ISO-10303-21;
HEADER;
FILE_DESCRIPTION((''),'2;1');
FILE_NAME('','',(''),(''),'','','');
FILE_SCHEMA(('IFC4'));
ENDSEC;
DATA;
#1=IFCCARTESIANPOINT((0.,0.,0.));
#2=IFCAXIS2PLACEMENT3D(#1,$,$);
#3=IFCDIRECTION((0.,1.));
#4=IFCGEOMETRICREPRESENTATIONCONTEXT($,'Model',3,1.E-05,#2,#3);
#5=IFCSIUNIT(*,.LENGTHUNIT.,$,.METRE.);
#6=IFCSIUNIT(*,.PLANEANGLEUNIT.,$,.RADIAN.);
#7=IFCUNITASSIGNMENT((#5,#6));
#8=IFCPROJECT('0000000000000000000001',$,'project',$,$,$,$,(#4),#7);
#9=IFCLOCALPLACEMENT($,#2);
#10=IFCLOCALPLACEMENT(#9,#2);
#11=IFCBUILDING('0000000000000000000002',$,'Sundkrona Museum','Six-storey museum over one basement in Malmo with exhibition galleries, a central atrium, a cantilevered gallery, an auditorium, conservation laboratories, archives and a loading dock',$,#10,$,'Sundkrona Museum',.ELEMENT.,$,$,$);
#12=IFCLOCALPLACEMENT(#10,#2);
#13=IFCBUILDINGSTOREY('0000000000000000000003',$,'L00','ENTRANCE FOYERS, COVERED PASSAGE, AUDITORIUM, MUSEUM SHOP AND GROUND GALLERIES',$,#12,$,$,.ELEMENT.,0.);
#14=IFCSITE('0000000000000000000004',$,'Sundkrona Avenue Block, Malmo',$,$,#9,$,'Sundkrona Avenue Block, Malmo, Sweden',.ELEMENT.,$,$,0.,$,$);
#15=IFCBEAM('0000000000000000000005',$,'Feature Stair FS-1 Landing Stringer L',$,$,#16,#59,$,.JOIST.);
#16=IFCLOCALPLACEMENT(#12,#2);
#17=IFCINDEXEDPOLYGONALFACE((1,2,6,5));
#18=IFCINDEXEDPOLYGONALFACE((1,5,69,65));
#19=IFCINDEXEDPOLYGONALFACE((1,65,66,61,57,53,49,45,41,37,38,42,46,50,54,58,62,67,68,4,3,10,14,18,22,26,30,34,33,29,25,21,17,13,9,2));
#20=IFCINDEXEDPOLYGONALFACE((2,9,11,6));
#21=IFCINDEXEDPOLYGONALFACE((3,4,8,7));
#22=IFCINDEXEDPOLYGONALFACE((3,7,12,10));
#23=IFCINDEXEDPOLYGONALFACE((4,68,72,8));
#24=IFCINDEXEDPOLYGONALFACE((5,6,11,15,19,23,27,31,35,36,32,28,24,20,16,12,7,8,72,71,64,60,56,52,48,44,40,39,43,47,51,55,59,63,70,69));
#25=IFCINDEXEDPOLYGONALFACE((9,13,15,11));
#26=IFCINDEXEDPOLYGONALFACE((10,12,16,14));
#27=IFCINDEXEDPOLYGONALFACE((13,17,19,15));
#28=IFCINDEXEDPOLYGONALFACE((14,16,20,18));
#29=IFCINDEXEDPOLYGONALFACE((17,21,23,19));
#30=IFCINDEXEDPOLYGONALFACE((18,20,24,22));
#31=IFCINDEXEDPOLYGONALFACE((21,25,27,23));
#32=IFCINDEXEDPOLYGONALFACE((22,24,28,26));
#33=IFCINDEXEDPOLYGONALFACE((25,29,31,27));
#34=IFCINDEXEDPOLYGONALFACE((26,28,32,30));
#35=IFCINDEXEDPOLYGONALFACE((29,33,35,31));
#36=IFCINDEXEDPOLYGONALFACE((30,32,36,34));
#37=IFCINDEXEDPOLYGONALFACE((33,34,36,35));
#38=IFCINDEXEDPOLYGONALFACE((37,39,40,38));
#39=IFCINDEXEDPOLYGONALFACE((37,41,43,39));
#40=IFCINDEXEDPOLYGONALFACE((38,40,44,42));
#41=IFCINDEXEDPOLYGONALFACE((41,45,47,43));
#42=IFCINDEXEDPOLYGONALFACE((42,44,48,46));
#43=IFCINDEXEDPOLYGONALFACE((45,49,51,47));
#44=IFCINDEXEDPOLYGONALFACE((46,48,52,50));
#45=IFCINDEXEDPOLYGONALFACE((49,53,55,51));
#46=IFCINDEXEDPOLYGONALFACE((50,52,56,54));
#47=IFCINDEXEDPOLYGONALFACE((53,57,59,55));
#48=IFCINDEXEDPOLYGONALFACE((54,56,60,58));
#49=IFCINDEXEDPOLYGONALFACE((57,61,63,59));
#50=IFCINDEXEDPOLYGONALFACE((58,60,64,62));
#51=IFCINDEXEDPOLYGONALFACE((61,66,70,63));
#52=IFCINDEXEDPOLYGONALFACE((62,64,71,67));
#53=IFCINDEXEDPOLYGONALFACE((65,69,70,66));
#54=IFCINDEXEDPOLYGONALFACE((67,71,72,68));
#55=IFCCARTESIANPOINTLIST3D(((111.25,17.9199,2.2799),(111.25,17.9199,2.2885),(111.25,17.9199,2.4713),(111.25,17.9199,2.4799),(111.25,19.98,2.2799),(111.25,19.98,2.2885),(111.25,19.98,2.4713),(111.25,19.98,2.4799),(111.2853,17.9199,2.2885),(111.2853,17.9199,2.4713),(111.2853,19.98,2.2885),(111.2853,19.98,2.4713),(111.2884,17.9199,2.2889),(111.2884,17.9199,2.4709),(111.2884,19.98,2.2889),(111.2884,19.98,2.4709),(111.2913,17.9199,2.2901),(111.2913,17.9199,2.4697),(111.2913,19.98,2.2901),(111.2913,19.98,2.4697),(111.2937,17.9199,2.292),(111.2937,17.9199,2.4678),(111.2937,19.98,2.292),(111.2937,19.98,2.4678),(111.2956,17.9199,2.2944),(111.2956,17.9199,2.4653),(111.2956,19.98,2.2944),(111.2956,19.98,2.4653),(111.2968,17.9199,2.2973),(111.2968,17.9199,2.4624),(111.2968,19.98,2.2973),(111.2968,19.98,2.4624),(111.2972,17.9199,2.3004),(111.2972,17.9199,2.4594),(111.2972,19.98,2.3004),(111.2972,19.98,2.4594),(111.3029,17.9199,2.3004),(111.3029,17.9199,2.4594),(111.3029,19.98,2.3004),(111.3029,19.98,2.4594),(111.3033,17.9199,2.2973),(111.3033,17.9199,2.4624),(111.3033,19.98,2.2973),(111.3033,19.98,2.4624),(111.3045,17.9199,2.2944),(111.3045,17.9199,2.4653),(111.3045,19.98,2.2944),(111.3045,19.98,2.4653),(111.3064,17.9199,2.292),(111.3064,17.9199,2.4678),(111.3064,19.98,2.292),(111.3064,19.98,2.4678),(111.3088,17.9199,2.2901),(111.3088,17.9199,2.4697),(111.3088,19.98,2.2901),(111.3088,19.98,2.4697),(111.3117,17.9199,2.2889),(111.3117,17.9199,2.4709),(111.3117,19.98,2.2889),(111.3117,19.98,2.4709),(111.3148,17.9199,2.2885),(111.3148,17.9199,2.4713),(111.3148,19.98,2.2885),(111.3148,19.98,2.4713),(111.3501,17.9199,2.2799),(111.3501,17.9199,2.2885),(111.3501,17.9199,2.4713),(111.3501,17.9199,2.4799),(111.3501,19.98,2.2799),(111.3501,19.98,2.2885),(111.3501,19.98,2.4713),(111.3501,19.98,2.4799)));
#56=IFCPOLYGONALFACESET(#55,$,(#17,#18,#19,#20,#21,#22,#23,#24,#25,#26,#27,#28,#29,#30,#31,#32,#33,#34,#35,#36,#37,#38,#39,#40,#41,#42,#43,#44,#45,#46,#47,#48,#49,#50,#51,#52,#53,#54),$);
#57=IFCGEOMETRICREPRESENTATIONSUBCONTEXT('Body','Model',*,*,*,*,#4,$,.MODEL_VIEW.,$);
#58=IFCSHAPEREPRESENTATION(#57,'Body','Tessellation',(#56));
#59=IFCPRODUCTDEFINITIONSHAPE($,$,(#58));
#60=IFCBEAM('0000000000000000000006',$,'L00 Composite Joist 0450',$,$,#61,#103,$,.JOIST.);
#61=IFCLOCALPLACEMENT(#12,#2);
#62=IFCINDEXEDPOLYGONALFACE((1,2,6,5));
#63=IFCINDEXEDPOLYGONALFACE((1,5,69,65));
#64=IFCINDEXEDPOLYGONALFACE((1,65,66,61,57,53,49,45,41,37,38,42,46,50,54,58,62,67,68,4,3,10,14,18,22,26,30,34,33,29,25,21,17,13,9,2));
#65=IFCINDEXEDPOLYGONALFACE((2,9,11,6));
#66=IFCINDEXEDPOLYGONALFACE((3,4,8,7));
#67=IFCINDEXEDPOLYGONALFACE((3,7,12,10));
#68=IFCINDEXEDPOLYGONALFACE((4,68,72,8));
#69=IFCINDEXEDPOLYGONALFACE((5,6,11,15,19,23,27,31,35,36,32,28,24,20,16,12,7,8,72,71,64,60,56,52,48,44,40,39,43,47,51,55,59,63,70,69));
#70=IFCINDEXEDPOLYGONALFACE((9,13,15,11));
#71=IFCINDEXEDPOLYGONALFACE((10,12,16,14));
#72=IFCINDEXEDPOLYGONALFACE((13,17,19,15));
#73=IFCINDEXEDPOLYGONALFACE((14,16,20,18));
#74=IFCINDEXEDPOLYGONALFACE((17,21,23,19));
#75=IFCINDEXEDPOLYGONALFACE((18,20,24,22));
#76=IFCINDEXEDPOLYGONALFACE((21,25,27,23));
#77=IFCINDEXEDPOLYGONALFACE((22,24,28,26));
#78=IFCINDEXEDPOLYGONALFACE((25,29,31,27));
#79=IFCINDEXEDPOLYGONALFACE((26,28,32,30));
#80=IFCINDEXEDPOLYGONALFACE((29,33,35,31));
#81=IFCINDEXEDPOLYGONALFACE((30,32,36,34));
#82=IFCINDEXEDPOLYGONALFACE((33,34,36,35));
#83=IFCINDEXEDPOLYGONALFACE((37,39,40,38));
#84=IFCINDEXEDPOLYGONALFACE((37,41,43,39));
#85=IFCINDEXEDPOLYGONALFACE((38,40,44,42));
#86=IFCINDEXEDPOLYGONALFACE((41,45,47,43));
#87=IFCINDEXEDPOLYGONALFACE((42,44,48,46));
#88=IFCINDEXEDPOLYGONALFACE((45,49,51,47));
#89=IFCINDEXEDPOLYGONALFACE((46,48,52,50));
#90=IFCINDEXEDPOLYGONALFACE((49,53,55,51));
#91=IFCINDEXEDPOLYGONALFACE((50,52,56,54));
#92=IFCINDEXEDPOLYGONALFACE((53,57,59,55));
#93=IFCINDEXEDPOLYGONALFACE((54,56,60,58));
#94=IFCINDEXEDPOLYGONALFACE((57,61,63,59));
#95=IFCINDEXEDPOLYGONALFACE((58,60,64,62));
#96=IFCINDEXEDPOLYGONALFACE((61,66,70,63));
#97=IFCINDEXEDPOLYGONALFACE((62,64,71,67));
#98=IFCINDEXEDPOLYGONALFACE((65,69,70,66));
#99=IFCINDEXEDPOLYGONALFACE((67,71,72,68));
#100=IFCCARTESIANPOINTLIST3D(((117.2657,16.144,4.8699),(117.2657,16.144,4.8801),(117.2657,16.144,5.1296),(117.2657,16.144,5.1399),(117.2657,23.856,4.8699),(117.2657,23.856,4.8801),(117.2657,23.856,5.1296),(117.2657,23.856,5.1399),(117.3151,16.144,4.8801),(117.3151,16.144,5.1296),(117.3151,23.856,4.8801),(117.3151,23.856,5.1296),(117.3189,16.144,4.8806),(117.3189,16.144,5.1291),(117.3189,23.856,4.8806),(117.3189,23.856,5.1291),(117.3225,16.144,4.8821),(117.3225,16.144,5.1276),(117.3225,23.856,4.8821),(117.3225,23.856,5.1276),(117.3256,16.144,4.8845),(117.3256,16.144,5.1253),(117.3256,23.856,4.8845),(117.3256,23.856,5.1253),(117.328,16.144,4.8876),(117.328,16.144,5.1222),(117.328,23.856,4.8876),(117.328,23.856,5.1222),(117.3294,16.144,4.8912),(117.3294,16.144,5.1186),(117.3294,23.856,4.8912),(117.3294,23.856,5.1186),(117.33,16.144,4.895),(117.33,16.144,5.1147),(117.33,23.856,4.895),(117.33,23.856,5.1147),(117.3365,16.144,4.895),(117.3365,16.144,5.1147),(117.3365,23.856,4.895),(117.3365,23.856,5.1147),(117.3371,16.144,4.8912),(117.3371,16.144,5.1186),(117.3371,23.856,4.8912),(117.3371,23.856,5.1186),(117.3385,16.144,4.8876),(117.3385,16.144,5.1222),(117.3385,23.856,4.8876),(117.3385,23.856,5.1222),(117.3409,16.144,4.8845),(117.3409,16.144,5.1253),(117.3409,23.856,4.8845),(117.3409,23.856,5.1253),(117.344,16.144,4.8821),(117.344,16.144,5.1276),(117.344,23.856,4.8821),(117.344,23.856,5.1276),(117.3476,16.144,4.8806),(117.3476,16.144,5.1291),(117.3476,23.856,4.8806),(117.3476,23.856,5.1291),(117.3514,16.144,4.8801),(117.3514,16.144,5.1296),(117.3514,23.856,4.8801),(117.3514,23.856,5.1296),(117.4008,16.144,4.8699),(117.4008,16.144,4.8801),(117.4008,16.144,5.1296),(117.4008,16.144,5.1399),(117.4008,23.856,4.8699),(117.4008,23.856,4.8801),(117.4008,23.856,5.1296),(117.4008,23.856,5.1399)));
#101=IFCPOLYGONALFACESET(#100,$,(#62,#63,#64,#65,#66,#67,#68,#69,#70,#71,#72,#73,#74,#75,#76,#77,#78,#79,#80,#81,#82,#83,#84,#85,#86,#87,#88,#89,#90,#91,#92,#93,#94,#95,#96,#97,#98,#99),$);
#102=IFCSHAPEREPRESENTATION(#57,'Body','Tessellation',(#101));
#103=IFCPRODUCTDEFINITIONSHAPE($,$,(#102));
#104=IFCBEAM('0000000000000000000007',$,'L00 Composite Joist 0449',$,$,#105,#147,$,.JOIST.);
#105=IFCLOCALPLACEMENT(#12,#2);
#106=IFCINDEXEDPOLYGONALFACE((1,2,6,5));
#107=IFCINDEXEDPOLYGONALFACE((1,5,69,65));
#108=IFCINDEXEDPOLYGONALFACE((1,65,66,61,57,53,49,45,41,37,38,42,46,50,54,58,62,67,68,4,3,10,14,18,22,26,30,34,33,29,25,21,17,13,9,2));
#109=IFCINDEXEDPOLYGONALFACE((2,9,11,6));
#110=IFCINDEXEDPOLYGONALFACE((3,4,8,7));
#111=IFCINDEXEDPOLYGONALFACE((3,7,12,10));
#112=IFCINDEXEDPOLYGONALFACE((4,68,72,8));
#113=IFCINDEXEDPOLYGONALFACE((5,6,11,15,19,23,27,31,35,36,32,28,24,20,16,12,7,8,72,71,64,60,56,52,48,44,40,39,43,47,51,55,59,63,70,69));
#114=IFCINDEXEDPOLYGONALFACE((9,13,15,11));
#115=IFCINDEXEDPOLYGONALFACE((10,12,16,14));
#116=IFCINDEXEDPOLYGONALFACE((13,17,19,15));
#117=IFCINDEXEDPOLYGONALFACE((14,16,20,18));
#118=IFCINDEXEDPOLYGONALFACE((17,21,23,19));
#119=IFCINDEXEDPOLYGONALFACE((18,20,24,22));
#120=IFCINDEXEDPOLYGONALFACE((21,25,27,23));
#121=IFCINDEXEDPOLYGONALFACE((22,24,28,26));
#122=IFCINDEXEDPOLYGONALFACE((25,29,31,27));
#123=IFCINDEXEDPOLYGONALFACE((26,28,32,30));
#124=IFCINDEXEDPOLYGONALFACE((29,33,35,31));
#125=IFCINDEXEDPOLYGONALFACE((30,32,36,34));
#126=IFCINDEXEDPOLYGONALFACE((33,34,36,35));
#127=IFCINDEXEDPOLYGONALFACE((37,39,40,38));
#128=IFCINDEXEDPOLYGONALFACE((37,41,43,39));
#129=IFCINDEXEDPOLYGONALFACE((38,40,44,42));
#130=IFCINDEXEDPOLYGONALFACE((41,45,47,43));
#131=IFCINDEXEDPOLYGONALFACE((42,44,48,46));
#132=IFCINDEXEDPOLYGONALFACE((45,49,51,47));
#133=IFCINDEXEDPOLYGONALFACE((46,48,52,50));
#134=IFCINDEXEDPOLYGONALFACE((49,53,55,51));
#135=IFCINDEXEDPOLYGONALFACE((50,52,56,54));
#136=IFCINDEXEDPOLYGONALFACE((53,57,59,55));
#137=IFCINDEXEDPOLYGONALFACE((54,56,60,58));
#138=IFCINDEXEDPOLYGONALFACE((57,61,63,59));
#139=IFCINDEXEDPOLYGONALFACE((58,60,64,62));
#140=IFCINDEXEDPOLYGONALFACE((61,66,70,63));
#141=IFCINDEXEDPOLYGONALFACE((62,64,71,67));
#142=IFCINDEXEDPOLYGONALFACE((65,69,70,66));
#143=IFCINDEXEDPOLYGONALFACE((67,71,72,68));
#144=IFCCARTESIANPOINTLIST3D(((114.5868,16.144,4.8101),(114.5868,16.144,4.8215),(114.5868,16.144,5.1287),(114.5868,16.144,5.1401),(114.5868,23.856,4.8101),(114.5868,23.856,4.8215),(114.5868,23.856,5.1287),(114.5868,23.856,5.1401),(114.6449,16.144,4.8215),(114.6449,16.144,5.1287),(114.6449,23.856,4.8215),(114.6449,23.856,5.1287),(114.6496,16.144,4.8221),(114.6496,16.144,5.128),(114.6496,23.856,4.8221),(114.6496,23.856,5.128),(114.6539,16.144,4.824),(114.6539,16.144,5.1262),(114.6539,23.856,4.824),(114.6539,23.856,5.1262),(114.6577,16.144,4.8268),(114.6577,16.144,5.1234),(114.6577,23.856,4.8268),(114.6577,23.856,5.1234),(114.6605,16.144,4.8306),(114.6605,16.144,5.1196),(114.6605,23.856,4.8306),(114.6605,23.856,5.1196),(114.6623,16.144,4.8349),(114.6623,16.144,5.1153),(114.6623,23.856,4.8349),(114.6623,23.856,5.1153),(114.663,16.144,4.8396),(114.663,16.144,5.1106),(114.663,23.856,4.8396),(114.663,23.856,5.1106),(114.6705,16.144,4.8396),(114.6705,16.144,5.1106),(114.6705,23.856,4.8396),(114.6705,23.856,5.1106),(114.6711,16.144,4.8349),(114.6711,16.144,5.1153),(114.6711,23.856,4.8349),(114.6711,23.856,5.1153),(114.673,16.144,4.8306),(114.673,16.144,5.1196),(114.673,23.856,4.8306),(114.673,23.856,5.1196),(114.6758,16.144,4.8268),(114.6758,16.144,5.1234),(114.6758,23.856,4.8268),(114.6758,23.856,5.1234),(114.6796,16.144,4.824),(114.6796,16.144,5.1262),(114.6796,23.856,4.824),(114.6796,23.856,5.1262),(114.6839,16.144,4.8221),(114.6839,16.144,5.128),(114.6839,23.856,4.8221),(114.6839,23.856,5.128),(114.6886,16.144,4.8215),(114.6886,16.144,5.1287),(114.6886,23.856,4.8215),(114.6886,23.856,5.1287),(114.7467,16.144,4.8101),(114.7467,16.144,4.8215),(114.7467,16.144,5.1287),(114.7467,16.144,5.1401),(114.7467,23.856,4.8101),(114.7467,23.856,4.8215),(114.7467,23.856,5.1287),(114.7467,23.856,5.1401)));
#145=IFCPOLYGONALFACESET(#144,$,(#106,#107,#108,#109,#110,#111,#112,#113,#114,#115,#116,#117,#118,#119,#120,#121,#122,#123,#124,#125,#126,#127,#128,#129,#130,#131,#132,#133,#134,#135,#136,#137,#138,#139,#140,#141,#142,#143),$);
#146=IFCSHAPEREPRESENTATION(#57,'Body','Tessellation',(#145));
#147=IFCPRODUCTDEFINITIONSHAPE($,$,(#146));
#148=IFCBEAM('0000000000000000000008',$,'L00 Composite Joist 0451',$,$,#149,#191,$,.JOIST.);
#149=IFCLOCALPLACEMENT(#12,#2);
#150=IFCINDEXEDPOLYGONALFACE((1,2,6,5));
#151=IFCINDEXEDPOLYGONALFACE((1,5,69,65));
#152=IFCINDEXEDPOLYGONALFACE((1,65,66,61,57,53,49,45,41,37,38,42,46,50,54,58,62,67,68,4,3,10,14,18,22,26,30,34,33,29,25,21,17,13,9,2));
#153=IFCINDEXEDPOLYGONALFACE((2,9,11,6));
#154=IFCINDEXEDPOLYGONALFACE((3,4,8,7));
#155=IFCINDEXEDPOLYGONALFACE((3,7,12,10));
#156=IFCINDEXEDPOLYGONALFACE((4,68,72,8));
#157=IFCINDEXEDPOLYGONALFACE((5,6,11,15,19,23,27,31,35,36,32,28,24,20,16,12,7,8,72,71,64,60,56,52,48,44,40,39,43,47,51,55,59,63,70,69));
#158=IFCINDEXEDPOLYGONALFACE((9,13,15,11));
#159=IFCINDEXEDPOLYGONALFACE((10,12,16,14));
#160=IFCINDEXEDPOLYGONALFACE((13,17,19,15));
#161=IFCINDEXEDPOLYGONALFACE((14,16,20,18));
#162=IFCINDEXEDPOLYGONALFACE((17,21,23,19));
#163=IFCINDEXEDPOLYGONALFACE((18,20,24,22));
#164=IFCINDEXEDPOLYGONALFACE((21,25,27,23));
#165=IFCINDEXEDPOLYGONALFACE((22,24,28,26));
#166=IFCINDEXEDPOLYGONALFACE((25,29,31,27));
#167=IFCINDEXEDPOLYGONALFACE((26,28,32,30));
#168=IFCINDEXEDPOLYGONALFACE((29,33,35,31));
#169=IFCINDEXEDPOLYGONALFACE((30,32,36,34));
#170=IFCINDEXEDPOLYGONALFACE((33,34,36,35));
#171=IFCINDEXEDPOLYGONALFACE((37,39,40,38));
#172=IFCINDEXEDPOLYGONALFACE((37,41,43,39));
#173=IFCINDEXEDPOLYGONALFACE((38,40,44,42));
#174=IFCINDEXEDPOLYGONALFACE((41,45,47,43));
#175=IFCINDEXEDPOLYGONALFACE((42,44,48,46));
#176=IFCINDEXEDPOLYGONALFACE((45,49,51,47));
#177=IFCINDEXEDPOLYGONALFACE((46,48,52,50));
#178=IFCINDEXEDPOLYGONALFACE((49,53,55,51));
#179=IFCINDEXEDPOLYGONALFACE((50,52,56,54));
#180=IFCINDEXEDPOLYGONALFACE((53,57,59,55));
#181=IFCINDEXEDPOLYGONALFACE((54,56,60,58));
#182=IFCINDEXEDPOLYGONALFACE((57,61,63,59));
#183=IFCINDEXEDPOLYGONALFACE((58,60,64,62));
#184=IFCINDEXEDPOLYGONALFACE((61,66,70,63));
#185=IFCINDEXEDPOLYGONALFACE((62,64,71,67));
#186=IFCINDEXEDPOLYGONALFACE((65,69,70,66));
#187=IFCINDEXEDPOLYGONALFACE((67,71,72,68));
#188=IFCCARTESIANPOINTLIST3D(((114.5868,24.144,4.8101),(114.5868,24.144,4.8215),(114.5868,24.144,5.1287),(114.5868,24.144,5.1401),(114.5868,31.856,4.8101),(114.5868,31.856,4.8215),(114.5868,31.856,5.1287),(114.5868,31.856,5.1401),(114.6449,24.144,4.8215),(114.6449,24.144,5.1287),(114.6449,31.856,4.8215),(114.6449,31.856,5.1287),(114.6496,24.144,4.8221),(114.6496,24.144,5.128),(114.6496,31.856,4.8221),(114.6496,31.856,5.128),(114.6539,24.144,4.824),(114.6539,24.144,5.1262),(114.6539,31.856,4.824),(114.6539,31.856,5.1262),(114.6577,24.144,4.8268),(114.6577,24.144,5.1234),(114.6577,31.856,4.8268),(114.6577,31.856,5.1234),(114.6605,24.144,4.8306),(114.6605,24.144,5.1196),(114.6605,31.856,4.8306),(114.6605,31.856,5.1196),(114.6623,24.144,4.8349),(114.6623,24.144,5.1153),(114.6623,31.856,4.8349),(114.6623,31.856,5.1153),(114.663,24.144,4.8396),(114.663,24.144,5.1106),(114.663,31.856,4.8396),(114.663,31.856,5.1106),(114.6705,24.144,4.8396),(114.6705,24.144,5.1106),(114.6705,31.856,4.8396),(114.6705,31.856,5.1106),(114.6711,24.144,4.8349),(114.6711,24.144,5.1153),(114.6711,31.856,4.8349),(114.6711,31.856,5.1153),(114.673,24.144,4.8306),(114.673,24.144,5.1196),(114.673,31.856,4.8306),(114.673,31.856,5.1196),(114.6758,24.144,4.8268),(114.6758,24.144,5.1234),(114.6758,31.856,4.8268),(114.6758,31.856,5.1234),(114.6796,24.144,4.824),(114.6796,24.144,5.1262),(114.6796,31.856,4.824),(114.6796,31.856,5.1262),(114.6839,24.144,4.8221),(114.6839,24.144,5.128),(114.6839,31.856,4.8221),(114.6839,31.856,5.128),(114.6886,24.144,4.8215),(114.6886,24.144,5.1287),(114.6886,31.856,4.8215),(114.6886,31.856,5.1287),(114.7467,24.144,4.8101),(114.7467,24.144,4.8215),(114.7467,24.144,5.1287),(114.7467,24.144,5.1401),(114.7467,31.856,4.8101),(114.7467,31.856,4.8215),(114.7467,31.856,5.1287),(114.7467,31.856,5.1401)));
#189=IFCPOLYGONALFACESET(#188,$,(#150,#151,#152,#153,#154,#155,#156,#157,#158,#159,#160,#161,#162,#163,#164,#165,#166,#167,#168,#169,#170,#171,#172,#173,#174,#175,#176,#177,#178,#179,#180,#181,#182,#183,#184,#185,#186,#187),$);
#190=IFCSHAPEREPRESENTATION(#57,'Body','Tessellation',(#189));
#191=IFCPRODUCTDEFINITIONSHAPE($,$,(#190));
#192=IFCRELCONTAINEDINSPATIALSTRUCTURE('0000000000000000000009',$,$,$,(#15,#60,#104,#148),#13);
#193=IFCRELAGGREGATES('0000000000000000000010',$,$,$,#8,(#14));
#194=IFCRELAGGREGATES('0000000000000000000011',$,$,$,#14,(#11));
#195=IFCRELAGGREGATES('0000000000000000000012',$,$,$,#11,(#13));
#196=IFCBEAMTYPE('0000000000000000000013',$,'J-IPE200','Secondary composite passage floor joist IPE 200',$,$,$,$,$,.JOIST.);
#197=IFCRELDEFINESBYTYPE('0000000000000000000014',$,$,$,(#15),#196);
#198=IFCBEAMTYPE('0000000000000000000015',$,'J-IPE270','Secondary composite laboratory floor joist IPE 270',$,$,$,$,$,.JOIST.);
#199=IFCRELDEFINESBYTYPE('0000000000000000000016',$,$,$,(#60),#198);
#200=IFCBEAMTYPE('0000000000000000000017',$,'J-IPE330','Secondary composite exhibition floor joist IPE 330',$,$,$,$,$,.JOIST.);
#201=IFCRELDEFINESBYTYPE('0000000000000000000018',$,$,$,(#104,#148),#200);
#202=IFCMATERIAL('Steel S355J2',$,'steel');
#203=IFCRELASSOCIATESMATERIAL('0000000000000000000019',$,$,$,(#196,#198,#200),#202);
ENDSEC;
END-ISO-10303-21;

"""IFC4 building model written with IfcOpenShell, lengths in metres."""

from ifc_helpers import new_model, si_unit, direction, frame, origin, origin_2d, place, context, subcontext, project, spatial, i_section, extrude, material, material_profile, profile_set, type_object, element, save


model = new_model("IFC4")

# Units and contexts
model_context = context("Model", 3, precision=1e-05, world=origin(), true_north=direction((0.0, 1.0)))
body_context = subcontext(model_context, "Body", "Model", "MODEL_VIEW")
ifc_project = project(units=[si_unit("LENGTHUNIT", "METRE"), si_unit("PLANEANGLEUNIT", "RADIAN")], contexts=[model_context])

# Site, building, storey
site_placement = place(None, origin())
site = spatial("IfcSite", under=ifc_project, at=site_placement, Name="Sundkrona Avenue Block, Malmo", LongName="Sundkrona Avenue Block, Malmo, Sweden", CompositionType="ELEMENT", RefElevation=0.0)
building_placement = place(site_placement, origin())
building = spatial("IfcBuilding", under=site, at=building_placement, Name="Sundkrona Museum", Description="Six-storey museum over one basement in Malmo with exhibition galleries, a central atrium, a cantilevered gallery, an auditorium, conservation laboratories, archives and a loading dock", LongName="Sundkrona Museum", CompositionType="ELEMENT")
storey_placement = place(building_placement, origin())
storey = spatial("IfcBuildingStorey", under=building, at=storey_placement, Name="L00", Description="ENTRANCE FOYERS, COVERED PASSAGE, AUDITORIUM, MUSEUM SHOP AND GROUND GALLERIES", CompositionType="ELEMENT", Elevation=0.0)

# Shared definitions
ifc_material_1 = material(Name="Steel S355J2", Category="steel")

# Beams
ifc_material_profile_1 = material_profile(ifc_material_1, i_section(OverallWidth=0.1001, OverallDepth=0.2, WebThickness=0.0056, FlangeThickness=0.0085, FilletRadius=0.012, at=origin_2d()), Name="IPE 200")
ifc_profile_set_1 = profile_set([ifc_material_profile_1], Name="Steel S355J2")
beam_type_1 = type_object("IfcBeamType", Name="J-IPE200", Description="Secondary composite passage floor joist IPE 200", PredefinedType="JOIST", material=ifc_profile_set_1)
beam_1_placement = place(storey_placement, frame((111.3, 17.9199, 2.3799), z_axis=(0.0, 1.0, 0.0), x_axis=(-1.0, 0.0, 0.0)))
element("IfcBeam", 1, at=beam_1_placement, inside=storey, type_object=beam_type_1, Name="Feature Stair FS-1 Landing Stringer L", PredefinedType="JOIST", context=body_context, shape_type="SweptSolid", body=[
    extrude(i_section(OverallWidth=0.1001, OverallDepth=0.2, WebThickness=0.0056, FlangeThickness=0.0085, FilletRadius=0.012, at=origin_2d()), origin(), (0.0, 0.0, 1.0), 2.0601),
])
ifc_material_profile_2 = material_profile(ifc_material_1, i_section(OverallWidth=0.135, OverallDepth=0.27, WebThickness=0.0066, FlangeThickness=0.0103, FilletRadius=0.0149, at=origin_2d()), Name="IPE 270")
ifc_profile_set_2 = profile_set([ifc_material_profile_2], Name="Steel S355J2")
beam_type_2 = type_object("IfcBeamType", Name="J-IPE270", Description="Secondary composite laboratory floor joist IPE 270", PredefinedType="JOIST", material=ifc_profile_set_2)
beam_2_placement = place(storey_placement, frame((117.3333, 16.144, 5.0049), z_axis=(0.0, 1.0, 0.0), x_axis=(-1.0, 0.0, 0.0)))
element("IfcBeam", 2, at=beam_2_placement, inside=storey, type_object=beam_type_2, Name="L00 Composite Joist 0450", PredefinedType="JOIST", context=body_context, shape_type="SweptSolid", body=[
    extrude(i_section(OverallWidth=0.135, OverallDepth=0.27, WebThickness=0.0066, FlangeThickness=0.0103, FilletRadius=0.0149, at=origin_2d()), origin(), (0.0, 0.0, 1.0), 7.7119),
])
ifc_material_profile_3 = material_profile(ifc_material_1, i_section(OverallWidth=0.1599, OverallDepth=0.3301, WebThickness=0.0076, FlangeThickness=0.0115, FilletRadius=0.0181, at=origin_2d()), Name="IPE 330")
ifc_profile_set_3 = profile_set([ifc_material_profile_3], Name="Steel S355J2")
beam_type_3 = type_object("IfcBeamType", Name="J-IPE330", Description="Secondary composite exhibition floor joist IPE 330", PredefinedType="JOIST", material=ifc_profile_set_3)
for number, where, z_axis, x_axis, name in (
    (3, (114.6667, 16.144, 4.9751), (0.0, 1.0, 0.0), (-1.0, 0.0, 0.0), "L00 Composite Joist 0449"),
    (4, (114.6667, 24.144, 4.9751), (0.0, 1.0, 0.0), (-1.0, 0.0, 0.0), "L00 Composite Joist 0451"),
):
    element("IfcBeam", number, at=place(storey_placement, frame(where, z_axis=z_axis, x_axis=x_axis)), inside=storey, type_object=beam_type_3, Name=name, PredefinedType="JOIST", context=body_context, shape_type="SweptSolid", body=[
        extrude(i_section(OverallWidth=0.1599, OverallDepth=0.3301, WebThickness=0.0076, FlangeThickness=0.0115, FilletRadius=0.0181, at=origin_2d()), origin(), (0.0, 0.0, 1.0), 7.7119),
    ])

save(model, "model.ifc")
